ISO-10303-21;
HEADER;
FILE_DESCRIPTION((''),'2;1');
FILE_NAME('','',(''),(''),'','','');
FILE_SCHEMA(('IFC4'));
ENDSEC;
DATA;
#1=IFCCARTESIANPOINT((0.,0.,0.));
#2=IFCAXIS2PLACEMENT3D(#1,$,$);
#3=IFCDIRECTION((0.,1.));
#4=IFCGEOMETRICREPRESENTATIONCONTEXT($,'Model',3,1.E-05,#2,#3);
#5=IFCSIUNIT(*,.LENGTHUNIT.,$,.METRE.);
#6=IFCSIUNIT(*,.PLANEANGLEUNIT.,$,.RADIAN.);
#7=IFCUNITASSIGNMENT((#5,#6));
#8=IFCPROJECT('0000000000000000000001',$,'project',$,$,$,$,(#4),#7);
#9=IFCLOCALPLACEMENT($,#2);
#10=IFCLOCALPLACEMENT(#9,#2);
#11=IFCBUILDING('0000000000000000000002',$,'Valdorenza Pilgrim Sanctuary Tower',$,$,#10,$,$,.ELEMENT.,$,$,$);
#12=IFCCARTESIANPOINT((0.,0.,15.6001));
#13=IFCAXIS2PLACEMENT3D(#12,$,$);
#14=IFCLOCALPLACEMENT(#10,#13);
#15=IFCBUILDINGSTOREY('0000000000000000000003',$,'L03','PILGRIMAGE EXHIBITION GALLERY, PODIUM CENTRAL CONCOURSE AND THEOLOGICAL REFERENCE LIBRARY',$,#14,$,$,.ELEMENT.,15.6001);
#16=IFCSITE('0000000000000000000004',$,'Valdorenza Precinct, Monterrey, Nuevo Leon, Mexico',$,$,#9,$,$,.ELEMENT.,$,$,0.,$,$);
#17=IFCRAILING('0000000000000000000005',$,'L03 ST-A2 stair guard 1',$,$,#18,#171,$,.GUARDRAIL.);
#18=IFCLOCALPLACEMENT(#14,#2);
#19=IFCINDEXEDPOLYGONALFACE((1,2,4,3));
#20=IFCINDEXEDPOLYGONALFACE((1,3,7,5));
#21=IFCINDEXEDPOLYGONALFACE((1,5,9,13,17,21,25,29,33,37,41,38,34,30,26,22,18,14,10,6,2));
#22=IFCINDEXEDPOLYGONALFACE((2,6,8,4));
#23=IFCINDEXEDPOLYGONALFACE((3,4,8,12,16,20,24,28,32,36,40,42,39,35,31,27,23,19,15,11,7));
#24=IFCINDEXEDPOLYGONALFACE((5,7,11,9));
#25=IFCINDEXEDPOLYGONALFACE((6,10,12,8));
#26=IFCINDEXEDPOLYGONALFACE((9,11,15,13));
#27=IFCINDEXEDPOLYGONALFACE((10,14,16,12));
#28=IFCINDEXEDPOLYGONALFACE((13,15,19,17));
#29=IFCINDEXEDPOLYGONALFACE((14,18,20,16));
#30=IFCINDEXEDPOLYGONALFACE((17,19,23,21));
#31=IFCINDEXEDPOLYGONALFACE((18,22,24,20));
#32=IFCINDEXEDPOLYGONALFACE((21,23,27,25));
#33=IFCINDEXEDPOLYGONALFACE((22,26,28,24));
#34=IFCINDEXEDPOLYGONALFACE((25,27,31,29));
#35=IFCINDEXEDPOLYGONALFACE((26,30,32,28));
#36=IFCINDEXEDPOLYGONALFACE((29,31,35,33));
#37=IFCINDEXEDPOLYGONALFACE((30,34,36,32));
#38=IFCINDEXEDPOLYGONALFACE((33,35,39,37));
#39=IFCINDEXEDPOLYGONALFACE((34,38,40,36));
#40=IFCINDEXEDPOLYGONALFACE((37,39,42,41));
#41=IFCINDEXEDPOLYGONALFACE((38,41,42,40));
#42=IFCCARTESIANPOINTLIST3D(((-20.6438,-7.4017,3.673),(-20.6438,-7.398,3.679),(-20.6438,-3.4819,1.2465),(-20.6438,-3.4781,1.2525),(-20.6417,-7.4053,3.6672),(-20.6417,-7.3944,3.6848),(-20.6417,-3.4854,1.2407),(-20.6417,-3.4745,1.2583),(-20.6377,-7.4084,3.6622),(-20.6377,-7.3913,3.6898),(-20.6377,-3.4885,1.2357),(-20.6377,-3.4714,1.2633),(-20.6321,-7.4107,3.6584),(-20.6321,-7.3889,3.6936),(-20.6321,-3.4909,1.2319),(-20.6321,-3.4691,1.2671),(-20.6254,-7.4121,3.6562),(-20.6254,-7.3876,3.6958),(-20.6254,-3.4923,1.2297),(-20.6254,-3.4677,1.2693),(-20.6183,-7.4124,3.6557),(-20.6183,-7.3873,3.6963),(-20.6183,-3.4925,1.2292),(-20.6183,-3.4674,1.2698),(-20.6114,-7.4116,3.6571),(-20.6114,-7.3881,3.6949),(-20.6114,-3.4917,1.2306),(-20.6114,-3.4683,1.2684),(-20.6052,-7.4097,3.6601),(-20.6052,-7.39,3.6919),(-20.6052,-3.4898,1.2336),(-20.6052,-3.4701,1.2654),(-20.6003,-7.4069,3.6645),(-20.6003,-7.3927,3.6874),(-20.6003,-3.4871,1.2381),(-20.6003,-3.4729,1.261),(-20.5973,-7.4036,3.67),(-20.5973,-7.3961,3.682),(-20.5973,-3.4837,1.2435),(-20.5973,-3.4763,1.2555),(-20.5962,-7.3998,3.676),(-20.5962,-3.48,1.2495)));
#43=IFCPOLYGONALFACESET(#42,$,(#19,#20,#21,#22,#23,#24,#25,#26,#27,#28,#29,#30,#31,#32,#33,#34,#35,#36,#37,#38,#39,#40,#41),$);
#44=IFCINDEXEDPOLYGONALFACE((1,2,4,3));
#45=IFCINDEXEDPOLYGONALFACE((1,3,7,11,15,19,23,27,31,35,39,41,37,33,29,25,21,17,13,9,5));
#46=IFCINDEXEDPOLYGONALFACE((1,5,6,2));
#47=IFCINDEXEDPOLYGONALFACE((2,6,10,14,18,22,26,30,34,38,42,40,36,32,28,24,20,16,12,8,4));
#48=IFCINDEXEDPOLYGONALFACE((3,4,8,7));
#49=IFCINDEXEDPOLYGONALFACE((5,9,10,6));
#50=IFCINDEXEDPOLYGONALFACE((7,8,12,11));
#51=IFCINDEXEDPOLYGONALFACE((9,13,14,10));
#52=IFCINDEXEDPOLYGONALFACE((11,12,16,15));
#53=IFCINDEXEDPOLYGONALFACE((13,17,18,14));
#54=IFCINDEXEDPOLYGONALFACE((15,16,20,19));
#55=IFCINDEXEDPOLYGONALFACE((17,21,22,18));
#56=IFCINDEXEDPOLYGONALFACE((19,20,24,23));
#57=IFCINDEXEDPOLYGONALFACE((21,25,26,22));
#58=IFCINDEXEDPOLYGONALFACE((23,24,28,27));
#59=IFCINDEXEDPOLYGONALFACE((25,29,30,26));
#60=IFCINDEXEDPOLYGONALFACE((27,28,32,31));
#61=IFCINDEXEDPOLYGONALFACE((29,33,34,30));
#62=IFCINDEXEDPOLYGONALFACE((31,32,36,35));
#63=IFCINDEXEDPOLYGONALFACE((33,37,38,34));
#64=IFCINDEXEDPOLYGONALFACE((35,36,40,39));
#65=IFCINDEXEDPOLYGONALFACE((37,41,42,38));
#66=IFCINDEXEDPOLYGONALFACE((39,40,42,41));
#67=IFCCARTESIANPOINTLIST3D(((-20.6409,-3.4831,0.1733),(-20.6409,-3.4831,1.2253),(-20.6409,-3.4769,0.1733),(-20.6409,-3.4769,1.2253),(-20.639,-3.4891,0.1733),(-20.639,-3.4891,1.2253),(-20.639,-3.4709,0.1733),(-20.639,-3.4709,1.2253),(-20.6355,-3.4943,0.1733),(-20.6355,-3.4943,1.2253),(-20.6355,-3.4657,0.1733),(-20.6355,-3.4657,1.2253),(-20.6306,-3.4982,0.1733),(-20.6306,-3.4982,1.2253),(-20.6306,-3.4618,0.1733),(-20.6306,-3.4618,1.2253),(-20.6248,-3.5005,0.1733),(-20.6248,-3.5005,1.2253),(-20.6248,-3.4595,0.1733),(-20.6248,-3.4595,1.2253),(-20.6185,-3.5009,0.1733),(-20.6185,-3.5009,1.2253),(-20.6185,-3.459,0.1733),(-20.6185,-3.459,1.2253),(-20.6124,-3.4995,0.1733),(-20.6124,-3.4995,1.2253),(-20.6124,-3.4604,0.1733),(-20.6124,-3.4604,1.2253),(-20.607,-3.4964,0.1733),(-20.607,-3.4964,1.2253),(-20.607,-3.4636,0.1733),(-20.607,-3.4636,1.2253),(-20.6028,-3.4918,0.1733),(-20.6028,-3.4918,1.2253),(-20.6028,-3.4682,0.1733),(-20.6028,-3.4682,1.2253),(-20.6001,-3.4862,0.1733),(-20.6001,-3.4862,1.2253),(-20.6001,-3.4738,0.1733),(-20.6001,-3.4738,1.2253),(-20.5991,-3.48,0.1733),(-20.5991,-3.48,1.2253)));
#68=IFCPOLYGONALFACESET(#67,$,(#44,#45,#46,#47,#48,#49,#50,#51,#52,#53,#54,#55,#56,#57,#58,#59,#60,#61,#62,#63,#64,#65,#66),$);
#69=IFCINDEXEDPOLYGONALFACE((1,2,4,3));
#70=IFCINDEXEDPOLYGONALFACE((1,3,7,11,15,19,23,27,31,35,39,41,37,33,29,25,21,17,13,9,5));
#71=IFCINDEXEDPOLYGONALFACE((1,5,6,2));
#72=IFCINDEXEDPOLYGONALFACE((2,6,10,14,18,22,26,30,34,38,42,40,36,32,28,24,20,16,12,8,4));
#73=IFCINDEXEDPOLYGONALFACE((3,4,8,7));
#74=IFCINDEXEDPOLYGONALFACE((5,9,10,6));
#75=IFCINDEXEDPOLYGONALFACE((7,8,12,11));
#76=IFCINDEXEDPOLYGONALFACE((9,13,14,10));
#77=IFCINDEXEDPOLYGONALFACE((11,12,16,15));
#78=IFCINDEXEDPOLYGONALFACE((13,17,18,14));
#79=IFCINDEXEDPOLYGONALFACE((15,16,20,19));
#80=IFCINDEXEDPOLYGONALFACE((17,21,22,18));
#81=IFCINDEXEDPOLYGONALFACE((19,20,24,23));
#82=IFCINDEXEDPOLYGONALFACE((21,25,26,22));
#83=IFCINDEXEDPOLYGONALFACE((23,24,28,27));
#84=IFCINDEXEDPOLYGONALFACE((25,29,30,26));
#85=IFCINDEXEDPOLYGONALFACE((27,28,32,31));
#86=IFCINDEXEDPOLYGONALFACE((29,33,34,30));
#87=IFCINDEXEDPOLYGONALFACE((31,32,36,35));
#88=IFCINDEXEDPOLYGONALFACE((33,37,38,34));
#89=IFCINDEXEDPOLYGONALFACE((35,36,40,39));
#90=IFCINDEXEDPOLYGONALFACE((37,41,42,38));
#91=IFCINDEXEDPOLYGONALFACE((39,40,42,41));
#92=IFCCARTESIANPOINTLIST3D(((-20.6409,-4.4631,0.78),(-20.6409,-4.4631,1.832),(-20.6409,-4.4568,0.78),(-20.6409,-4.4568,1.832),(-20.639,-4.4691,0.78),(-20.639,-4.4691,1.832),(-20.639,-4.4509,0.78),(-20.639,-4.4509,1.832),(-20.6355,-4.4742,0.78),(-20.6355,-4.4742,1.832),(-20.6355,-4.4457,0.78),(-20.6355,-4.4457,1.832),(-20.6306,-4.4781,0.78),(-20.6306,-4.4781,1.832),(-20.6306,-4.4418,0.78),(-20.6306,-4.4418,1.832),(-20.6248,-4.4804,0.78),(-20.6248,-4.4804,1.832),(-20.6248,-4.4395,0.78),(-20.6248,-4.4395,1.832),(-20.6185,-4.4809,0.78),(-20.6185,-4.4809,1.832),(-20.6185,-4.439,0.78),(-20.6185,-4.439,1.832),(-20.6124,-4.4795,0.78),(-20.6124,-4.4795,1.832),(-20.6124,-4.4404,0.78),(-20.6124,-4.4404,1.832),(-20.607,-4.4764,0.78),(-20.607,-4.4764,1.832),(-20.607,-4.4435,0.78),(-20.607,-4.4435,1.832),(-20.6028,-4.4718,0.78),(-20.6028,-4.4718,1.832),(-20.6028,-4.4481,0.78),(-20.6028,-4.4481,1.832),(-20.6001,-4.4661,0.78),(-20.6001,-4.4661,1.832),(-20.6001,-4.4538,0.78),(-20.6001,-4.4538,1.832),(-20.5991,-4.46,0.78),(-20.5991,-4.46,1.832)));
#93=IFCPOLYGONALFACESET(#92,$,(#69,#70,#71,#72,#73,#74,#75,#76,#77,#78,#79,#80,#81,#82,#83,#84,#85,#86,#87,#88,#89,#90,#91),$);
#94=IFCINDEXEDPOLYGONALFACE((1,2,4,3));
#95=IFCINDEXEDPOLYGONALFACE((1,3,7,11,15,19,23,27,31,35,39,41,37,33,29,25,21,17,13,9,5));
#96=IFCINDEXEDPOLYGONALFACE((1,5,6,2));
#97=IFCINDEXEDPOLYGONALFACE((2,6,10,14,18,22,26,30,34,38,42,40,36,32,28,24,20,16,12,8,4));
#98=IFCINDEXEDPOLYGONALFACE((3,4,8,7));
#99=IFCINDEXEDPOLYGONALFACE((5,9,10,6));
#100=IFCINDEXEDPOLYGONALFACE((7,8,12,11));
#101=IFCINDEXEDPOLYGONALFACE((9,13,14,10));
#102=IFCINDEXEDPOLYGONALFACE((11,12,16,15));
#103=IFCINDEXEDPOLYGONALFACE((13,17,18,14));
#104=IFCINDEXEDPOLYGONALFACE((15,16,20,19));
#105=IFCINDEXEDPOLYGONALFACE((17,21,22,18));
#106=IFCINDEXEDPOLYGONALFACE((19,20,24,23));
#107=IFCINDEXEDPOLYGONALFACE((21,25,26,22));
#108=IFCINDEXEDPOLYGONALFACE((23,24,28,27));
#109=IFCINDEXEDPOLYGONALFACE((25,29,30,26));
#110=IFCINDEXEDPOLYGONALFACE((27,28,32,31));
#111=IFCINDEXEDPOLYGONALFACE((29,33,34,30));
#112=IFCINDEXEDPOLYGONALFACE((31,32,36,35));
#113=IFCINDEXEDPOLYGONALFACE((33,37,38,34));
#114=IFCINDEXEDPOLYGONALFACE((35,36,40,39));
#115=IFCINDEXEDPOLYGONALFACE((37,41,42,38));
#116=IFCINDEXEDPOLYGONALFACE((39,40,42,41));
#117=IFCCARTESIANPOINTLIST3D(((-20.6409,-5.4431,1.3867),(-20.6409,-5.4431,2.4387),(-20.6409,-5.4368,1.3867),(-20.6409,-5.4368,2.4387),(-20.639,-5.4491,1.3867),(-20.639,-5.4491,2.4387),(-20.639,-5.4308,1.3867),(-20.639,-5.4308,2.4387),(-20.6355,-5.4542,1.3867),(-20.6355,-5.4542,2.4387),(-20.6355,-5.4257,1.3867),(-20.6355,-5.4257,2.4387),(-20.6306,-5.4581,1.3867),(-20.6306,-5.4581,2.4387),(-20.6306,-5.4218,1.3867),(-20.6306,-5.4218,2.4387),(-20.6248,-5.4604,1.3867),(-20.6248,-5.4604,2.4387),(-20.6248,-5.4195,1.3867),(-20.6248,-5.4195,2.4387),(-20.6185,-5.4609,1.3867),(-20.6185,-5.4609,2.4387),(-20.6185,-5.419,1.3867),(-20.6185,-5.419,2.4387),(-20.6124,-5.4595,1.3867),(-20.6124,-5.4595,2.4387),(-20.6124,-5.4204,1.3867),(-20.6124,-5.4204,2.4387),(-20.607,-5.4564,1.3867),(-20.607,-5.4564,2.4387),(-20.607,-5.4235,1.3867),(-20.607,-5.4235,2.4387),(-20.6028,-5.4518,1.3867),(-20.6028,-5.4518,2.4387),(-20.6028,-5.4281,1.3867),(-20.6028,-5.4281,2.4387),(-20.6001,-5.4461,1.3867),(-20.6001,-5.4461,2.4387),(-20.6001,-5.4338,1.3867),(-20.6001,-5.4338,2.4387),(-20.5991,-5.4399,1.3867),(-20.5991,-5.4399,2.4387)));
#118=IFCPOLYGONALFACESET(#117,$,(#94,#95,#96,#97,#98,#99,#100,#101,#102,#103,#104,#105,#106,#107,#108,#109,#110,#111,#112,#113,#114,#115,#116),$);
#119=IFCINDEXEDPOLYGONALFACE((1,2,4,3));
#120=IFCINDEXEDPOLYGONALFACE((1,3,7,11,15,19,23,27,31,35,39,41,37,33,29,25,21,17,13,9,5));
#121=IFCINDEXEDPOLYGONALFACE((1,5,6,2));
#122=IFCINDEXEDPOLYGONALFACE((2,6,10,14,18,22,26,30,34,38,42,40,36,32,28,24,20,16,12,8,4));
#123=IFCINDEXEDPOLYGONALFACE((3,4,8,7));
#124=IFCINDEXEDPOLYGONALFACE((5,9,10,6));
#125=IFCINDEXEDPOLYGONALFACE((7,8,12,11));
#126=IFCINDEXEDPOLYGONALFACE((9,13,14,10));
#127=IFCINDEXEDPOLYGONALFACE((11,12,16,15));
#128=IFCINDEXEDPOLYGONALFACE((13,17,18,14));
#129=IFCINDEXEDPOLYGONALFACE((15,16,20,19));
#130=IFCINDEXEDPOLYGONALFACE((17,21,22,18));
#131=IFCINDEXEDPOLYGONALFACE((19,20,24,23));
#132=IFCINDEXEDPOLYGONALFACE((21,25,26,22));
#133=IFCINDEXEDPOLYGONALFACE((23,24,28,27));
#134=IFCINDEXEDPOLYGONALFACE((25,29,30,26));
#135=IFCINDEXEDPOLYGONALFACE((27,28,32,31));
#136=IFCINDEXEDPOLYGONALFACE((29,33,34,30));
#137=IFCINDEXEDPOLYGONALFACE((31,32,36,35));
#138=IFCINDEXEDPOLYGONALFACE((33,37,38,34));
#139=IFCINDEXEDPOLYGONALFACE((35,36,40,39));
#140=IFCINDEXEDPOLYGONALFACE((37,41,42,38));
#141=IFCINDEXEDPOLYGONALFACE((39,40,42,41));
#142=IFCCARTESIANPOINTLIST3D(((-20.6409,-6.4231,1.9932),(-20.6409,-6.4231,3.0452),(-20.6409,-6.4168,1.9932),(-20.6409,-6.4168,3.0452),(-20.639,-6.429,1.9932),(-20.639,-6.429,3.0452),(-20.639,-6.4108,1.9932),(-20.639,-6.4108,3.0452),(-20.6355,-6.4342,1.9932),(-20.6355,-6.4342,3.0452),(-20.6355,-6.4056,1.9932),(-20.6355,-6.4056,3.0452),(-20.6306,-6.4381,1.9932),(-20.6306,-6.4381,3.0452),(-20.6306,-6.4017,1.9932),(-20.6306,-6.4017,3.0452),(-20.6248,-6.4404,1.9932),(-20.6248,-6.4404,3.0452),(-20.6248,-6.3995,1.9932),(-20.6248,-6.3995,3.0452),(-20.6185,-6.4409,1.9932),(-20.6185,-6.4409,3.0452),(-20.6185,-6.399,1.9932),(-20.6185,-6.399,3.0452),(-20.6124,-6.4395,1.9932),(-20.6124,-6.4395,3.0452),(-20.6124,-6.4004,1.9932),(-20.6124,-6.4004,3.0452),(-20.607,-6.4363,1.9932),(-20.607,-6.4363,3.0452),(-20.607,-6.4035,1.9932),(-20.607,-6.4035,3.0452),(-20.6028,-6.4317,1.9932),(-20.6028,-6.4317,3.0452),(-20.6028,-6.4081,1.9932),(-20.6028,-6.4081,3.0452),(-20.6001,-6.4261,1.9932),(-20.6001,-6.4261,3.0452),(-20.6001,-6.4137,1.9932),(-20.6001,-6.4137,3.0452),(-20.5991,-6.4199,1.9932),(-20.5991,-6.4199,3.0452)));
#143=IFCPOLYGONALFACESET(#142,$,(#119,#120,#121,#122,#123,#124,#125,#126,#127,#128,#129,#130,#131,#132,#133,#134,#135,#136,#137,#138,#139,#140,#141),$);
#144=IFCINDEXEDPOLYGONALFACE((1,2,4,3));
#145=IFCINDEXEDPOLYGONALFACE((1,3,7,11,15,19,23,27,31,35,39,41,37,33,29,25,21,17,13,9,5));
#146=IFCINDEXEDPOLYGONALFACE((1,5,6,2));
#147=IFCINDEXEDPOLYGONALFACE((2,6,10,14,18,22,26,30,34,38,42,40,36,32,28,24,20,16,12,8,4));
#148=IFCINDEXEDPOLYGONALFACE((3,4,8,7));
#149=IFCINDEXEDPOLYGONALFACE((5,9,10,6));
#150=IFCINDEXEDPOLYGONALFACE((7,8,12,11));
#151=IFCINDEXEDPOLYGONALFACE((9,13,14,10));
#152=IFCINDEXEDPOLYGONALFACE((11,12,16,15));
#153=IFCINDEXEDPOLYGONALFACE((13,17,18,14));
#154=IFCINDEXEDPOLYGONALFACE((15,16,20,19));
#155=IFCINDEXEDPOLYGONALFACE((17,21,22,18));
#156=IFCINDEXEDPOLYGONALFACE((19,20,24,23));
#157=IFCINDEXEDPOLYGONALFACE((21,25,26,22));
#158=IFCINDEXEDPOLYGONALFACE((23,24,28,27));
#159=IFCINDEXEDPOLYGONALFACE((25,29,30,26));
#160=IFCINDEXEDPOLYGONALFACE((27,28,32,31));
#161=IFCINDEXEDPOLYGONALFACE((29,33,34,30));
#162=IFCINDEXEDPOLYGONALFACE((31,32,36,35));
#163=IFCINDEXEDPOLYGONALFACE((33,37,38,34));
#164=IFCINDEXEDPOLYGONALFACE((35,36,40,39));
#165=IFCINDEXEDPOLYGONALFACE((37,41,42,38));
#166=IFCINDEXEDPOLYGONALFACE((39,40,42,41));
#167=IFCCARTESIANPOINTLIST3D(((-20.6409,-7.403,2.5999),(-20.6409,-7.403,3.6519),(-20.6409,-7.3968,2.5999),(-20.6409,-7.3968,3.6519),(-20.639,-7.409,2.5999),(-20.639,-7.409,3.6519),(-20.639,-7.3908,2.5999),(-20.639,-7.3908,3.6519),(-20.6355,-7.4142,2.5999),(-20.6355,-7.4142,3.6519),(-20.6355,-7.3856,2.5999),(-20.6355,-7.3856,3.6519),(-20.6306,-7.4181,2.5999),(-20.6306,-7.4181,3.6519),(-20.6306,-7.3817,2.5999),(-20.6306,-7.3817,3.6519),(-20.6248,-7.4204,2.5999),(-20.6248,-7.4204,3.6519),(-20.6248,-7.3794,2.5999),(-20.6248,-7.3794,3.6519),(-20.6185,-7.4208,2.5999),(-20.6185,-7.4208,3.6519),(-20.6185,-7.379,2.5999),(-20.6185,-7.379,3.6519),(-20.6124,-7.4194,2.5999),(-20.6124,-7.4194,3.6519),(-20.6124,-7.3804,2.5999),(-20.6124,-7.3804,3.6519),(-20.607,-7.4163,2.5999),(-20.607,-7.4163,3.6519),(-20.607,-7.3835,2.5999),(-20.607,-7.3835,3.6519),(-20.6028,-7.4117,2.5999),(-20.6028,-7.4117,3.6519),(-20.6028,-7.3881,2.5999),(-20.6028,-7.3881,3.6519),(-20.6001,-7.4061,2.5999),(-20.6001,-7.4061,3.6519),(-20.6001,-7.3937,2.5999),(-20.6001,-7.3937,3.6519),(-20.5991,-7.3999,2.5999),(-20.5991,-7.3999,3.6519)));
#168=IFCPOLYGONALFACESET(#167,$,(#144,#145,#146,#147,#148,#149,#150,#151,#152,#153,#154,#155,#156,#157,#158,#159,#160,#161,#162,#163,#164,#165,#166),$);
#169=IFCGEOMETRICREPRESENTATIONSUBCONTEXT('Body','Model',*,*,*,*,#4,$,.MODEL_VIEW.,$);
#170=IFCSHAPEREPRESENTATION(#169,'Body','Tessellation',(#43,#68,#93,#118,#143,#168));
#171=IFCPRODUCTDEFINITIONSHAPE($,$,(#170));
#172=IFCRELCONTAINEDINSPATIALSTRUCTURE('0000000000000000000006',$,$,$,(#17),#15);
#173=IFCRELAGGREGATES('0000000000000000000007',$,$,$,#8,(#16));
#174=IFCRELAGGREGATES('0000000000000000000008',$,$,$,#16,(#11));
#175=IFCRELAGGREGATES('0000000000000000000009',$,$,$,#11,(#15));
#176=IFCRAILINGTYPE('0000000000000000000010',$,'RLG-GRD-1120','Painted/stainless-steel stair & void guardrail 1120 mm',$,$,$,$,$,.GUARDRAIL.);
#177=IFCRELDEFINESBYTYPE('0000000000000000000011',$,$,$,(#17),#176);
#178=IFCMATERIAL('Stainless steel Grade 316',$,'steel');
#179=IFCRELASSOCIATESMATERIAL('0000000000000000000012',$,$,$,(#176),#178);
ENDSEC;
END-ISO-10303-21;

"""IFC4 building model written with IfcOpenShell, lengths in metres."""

from ifc_helpers import new_model, si_unit, direction, frame, origin, origin_2d, place, context, subcontext, project, spatial, circle, extrude, material, type_object, element, save


model = new_model("IFC4")

# Units and contexts
model_context = context("Model", 3, precision=1e-05, world=origin(), true_north=direction((0.0, 1.0)))
body_context = subcontext(model_context, "Body", "Model", "MODEL_VIEW")
ifc_project = project(units=[si_unit("LENGTHUNIT", "METRE"), si_unit("PLANEANGLEUNIT", "RADIAN")], contexts=[model_context])

# Site, building, storey
site_placement = place(None, origin())
site = spatial("IfcSite", under=ifc_project, at=site_placement, Name="Valdorenza Precinct, Monterrey, Nuevo Leon, Mexico", CompositionType="ELEMENT", RefElevation=0.0)
building_placement = place(site_placement, origin())
building = spatial("IfcBuilding", under=site, at=building_placement, Name="Valdorenza Pilgrim Sanctuary Tower", CompositionType="ELEMENT")
storey_placement = place(building_placement, frame((0.0, 0.0, 15.6001)))
storey = spatial("IfcBuildingStorey", under=building, at=storey_placement, Name="L03", Description="PILGRIMAGE EXHIBITION GALLERY, PODIUM CENTRAL CONCOURSE AND THEOLOGICAL REFERENCE LIBRARY", CompositionType="ELEMENT", Elevation=15.6001)

# Railing
ifc_material_1 = material(Name="Stainless steel Grade 316", Category="steel")
railing_type_1 = type_object("IfcRailingType", Name="RLG-GRD-1120", Description="Painted/stainless-steel stair & void guardrail 1120 mm", PredefinedType="GUARDRAIL", material=ifc_material_1)
railing_1_placement = place(storey_placement, frame((-20.6201, -3.48, 0.1733)))
element("IfcRailing", 1, at=railing_1_placement, inside=storey, type_object=railing_type_1, Name="L03 ST-A2 stair guard 1", PredefinedType="GUARDRAIL", context=body_context, shape_type="SweptSolid", body=[
    extrude(circle(Radius=0.0239, at=origin_2d()), frame((0.0, 0.0, 1.0762), z_axis=(0.0, -0.850275, 0.526338), x_axis=(1.0, 0.0, 0.0)), (0.0, 0.0, 1.0), 4.6101),
    extrude(circle(Radius=0.021, at=origin_2d()), origin(), (0.0, 0.0, 1.0), 1.052),
    extrude(circle(Radius=0.021, at=origin_2d()), frame((0.0, -0.98, 0.6067)), (0.0, 0.0, 1.0), 1.052),
    extrude(circle(Radius=0.021, at=origin_2d()), frame((0.0, -1.96, 1.2134)), (0.0, 0.0, 1.0), 1.052),
    extrude(circle(Radius=0.021, at=origin_2d()), frame((0.0, -2.9399, 1.8198)), (0.0, 0.0, 1.0), 1.052),
    extrude(circle(Radius=0.021, at=origin_2d()), frame((0.0, -3.9199, 2.4265)), (0.0, 0.0, 1.0), 1.052),
])

save(model, "model.ifc")
